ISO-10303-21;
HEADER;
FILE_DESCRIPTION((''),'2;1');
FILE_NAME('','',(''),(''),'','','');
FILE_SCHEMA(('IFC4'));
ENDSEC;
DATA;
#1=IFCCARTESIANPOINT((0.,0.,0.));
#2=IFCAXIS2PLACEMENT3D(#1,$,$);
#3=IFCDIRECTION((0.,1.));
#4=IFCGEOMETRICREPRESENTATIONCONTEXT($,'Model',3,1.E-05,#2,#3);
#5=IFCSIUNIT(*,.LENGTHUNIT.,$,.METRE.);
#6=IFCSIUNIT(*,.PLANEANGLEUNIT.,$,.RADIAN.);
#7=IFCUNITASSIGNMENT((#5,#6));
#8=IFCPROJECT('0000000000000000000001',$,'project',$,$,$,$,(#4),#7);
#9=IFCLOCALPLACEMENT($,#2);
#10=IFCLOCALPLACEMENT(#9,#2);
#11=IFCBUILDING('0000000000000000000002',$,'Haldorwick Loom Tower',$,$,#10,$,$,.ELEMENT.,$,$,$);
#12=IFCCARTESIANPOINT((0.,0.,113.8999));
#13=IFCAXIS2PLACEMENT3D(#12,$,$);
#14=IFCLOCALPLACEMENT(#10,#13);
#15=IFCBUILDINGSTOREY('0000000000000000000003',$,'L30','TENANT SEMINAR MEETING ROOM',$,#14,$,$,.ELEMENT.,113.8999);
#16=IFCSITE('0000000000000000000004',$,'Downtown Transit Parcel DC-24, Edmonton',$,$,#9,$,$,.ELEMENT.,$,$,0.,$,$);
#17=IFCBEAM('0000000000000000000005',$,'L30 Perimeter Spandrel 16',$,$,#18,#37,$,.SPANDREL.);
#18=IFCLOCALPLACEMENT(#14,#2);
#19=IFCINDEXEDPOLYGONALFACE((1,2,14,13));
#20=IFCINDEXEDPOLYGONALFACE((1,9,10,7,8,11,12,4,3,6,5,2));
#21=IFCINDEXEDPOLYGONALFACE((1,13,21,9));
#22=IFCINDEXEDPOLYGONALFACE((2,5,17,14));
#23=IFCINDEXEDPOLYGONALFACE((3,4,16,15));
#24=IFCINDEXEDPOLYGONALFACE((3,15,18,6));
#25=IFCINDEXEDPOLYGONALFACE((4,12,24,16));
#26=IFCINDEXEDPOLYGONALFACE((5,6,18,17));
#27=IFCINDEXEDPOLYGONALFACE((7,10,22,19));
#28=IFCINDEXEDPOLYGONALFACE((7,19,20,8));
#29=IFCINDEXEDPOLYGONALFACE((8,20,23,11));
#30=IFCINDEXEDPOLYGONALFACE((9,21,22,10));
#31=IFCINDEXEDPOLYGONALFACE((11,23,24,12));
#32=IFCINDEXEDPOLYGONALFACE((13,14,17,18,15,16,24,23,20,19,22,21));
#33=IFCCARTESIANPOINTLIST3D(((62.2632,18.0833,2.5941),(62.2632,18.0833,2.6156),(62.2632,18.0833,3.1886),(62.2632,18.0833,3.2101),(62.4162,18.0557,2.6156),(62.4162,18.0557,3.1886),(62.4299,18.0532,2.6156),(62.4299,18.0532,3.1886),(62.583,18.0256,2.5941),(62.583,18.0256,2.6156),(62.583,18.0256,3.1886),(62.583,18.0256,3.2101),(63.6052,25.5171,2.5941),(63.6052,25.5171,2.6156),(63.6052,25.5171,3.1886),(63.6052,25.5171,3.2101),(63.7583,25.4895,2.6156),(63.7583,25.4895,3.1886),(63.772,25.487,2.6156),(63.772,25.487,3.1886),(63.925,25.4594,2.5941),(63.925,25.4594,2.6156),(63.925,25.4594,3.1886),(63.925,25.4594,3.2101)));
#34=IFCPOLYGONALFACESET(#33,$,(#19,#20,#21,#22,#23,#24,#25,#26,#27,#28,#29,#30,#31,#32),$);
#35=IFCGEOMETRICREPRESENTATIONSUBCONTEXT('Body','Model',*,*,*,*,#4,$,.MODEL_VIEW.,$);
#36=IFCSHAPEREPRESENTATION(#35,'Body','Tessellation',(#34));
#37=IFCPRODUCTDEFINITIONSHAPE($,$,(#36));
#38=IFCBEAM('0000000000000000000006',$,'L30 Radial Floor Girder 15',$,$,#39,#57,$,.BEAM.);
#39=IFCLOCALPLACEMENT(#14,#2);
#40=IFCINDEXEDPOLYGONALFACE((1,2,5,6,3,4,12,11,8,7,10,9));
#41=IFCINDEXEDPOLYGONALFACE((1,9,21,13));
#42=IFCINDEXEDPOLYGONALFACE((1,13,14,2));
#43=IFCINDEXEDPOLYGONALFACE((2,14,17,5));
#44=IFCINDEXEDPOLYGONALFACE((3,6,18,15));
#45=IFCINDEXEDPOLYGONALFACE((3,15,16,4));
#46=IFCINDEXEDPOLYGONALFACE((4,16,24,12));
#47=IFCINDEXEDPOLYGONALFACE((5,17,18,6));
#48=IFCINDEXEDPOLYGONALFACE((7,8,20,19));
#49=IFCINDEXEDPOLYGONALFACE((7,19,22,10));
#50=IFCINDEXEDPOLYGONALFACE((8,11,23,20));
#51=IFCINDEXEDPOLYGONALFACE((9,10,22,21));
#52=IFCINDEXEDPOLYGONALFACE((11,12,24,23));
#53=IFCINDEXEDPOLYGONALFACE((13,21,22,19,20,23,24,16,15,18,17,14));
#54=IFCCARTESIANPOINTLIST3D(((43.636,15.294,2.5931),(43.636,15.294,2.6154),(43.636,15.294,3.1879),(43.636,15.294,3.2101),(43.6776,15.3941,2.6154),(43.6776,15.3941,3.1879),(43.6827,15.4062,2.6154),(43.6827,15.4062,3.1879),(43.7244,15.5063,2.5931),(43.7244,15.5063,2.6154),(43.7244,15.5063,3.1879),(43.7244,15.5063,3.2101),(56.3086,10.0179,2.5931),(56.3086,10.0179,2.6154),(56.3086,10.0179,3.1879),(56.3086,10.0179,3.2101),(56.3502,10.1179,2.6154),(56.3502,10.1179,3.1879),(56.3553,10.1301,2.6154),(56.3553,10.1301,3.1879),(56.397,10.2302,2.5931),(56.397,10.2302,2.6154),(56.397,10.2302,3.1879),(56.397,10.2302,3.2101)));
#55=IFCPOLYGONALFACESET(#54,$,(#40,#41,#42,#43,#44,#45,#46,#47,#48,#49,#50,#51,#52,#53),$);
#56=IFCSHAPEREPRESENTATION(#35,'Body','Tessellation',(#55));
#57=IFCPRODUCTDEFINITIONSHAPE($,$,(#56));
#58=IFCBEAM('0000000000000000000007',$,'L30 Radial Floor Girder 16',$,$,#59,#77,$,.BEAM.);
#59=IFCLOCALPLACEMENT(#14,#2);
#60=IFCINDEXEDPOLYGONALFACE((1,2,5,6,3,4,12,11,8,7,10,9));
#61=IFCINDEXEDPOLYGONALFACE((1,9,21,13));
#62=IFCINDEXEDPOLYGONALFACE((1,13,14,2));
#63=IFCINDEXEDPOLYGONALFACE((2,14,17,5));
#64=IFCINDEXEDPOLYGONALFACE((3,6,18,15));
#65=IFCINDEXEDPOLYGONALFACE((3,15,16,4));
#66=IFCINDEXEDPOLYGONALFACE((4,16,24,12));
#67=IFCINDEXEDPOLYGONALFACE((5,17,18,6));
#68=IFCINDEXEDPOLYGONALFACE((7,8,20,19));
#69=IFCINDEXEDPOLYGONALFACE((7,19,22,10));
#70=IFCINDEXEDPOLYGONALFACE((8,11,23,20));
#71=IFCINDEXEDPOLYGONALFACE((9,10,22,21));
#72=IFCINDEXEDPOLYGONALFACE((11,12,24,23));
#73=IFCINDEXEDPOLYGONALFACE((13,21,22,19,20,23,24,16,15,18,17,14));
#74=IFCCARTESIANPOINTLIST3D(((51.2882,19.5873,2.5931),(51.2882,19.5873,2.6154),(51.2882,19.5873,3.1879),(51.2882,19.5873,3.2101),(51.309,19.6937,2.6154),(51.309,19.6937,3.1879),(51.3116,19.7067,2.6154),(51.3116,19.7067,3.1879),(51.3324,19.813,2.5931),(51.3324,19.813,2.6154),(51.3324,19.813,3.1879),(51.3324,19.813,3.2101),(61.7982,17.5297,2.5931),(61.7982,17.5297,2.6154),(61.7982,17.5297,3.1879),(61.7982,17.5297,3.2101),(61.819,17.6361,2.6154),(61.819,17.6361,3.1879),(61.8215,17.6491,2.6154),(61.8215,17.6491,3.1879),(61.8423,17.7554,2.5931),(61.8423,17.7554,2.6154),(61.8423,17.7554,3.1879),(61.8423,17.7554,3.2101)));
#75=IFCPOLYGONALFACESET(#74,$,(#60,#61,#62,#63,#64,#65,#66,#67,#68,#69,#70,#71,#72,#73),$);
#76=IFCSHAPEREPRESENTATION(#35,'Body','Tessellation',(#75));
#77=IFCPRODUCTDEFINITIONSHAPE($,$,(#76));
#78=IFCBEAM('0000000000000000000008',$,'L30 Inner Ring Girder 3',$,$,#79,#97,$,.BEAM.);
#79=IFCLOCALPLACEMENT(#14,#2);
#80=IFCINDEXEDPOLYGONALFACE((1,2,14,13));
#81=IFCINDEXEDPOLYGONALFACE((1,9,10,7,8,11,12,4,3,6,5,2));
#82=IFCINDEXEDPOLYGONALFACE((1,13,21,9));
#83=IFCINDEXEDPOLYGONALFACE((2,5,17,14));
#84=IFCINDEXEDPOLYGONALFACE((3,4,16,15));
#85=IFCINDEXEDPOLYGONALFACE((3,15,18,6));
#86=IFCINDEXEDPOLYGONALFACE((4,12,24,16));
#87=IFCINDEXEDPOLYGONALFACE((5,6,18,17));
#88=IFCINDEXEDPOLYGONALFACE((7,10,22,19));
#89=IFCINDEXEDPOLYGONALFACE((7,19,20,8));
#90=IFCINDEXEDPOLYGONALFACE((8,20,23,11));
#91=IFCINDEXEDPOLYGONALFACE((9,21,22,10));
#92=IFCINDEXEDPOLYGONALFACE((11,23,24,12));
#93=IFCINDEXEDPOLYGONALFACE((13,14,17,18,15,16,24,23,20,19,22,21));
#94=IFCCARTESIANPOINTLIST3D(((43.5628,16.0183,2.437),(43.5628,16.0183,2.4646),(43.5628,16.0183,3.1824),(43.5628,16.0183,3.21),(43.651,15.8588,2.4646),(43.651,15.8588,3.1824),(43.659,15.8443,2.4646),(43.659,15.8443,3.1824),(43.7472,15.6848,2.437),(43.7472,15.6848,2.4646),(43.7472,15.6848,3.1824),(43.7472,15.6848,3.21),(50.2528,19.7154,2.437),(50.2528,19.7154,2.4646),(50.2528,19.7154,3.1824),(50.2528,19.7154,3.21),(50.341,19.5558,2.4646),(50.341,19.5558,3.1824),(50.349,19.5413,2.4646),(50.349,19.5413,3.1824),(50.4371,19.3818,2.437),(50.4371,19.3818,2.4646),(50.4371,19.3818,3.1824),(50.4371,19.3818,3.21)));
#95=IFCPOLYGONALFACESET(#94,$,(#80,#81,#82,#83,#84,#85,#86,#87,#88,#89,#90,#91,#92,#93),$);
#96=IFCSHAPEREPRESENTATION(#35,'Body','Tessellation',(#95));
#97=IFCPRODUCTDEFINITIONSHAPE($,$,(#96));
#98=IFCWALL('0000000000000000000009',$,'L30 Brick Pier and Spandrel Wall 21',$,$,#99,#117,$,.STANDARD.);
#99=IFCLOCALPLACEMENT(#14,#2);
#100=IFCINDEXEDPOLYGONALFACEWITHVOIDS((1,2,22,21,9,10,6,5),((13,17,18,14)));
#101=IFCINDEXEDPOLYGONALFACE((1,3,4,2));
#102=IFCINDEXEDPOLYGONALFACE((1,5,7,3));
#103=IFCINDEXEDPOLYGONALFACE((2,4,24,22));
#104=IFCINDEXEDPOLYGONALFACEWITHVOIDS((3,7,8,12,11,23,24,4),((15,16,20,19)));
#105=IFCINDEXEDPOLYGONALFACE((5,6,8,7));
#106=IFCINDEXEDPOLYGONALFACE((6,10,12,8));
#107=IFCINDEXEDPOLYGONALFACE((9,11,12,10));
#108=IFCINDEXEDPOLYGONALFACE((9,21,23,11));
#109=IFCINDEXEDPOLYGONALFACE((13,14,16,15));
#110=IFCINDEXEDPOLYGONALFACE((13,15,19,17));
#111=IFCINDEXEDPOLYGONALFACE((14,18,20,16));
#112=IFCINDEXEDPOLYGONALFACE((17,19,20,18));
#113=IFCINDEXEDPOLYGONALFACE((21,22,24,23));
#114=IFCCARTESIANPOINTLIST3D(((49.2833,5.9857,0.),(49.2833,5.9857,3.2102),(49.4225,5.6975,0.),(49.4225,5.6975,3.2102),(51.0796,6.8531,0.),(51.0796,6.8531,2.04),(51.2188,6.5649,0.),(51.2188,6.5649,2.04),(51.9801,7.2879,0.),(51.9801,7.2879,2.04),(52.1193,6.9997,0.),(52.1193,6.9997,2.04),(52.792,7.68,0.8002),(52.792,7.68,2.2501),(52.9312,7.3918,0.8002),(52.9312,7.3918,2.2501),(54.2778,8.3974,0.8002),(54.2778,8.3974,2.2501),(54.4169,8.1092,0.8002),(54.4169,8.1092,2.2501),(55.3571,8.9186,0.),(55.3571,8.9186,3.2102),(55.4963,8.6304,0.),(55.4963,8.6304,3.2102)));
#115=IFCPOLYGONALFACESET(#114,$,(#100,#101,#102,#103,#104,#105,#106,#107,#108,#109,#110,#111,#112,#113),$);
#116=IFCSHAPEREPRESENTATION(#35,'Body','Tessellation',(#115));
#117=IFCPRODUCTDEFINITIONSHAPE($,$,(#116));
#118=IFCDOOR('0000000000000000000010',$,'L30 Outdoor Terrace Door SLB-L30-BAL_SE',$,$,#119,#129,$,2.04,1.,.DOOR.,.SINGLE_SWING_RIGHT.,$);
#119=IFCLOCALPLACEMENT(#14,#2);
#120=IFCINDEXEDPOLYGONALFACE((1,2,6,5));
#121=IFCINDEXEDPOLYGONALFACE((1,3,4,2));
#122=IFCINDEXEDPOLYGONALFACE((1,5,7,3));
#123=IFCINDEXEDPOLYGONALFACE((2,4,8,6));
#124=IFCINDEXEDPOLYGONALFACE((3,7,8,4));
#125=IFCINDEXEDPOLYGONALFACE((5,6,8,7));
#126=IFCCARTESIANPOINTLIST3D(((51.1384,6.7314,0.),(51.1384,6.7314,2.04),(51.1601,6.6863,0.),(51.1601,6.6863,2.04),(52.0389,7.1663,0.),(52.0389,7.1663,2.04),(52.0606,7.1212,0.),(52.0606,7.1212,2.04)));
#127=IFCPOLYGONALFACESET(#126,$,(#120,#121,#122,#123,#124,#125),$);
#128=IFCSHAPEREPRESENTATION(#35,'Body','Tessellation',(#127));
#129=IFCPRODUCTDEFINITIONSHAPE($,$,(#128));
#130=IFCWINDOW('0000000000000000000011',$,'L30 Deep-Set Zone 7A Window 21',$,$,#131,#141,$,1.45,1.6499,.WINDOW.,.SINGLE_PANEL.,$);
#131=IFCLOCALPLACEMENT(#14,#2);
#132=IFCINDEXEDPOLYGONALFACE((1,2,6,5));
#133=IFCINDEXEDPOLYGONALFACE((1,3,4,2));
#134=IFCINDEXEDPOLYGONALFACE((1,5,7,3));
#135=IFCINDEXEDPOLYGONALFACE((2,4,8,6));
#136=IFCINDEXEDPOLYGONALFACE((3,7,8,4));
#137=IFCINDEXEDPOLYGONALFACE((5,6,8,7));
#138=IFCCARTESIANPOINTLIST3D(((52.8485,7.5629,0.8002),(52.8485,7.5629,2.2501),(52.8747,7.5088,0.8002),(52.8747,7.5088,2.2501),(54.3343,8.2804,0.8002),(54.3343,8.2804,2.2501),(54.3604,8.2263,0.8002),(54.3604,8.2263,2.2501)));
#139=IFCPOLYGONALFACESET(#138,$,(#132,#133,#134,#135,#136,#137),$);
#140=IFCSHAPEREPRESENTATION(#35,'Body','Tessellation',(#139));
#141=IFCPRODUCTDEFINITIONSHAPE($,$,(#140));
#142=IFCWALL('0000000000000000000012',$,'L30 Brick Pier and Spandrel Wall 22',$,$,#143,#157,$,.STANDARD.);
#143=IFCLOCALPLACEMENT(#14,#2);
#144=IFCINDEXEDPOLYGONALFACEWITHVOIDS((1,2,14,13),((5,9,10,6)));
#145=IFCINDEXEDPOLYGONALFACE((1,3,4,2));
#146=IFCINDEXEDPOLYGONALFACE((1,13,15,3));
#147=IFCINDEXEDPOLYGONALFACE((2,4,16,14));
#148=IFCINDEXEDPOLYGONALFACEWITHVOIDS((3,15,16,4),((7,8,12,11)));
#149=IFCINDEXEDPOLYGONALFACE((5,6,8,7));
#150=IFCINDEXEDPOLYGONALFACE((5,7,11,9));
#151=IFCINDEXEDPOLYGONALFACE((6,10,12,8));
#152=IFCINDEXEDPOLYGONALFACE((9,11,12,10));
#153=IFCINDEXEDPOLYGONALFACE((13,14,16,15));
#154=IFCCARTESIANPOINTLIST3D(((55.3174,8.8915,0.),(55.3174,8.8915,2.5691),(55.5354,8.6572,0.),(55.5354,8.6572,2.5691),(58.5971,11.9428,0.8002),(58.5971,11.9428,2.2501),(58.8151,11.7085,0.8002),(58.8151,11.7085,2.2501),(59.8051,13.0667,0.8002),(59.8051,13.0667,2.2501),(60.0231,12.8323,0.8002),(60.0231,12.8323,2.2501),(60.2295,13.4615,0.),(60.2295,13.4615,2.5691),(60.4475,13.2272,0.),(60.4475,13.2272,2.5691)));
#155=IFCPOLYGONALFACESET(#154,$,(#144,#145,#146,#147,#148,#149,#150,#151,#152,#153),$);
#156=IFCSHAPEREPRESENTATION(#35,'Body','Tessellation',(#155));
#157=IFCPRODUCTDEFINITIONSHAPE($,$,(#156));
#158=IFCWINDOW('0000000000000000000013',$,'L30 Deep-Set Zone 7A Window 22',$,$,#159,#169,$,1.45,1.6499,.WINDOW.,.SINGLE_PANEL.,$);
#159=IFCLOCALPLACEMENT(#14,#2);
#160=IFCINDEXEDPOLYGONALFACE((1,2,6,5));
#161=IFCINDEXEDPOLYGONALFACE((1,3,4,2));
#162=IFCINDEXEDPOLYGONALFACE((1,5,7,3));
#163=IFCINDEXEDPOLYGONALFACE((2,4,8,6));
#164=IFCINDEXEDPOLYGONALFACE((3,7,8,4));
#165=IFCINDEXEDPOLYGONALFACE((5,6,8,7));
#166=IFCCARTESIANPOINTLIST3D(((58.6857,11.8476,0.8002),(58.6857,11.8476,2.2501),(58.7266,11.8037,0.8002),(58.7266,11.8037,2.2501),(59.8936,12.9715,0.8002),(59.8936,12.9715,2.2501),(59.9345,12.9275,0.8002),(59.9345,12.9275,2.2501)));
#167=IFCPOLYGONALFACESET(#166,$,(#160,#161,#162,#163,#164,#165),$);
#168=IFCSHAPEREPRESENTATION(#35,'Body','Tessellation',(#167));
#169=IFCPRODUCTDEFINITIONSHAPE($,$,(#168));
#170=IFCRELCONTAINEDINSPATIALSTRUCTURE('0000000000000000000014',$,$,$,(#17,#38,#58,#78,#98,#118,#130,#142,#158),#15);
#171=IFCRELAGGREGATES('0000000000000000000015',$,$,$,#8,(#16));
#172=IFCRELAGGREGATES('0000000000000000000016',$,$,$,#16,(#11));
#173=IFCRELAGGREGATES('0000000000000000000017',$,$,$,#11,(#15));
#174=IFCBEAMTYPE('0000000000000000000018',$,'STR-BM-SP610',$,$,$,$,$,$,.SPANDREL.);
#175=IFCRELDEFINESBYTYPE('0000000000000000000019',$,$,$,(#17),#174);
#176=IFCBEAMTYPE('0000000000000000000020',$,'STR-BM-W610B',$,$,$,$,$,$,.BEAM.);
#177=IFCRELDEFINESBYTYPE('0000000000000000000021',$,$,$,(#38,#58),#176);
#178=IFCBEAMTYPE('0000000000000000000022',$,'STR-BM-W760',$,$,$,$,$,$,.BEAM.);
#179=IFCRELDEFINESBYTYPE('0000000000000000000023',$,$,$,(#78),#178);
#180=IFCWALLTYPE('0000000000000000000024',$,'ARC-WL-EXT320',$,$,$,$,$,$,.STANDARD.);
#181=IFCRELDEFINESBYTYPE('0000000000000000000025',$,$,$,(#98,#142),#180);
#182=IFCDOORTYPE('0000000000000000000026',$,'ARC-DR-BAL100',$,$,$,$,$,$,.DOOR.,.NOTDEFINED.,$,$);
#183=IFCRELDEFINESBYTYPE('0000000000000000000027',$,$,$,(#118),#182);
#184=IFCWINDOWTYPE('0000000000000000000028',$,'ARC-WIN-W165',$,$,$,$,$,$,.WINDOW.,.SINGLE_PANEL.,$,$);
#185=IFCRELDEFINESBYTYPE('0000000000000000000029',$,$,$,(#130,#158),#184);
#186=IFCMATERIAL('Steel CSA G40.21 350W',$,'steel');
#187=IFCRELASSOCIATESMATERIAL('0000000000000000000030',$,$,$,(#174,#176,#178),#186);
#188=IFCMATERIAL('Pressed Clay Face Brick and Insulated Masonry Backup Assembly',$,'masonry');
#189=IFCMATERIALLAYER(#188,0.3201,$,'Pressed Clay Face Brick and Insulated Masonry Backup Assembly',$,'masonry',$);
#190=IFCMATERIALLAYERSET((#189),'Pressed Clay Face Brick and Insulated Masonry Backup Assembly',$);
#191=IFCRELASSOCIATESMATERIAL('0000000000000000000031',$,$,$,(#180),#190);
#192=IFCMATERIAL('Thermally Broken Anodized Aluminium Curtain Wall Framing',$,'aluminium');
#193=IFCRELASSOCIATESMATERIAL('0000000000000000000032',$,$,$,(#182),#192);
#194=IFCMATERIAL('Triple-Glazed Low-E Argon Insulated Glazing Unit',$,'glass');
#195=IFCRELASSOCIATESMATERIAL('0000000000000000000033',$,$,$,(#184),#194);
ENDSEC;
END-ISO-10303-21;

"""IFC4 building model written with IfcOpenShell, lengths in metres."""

from ifc_helpers import new_model, si_unit, direction, frame, frame_2d, origin, origin_2d, place, context, subcontext, project, spatial, rectangle, i_section, extrude, material, layer, layer_set, material_profile, profile_set, type_object, element, fill, save


model = new_model("IFC4")

# Units and contexts
model_context = context("Model", 3, precision=1e-05, world=origin(), true_north=direction((0.0, 1.0)))
body_context = subcontext(model_context, "Body", "Model", "MODEL_VIEW")
ifc_project = project(units=[si_unit("LENGTHUNIT", "METRE"), si_unit("PLANEANGLEUNIT", "RADIAN")], contexts=[model_context])

# Site, building, storey
site_placement = place(None, origin())
site = spatial("IfcSite", under=ifc_project, at=site_placement, Name="Downtown Transit Parcel DC-24, Edmonton", CompositionType="ELEMENT", RefElevation=0.0)
building_placement = place(site_placement, origin())
building = spatial("IfcBuilding", under=site, at=building_placement, Name="Haldorwick Loom Tower", CompositionType="ELEMENT")
storey_placement = place(building_placement, frame((0.0, 0.0, 113.8999)))
storey = spatial("IfcBuildingStorey", under=building, at=storey_placement, Name="L30", Description="TENANT SEMINAR MEETING ROOM", CompositionType="ELEMENT", Elevation=113.8999)

# Beams
ifc_material_1 = material(Name="Steel CSA G40.21 350W", Category="steel")
ifc_material_profile_1 = material_profile(ifc_material_1, i_section(OverallWidth=0.325, OverallDepth=0.616, WebThickness=0.0139, FlangeThickness=0.0215, at=origin_2d()), Name="W610X174", Category="steel")
ifc_profile_set_1 = profile_set([ifc_material_profile_1], Name="Steel CSA G40.21 350W")
beam_type_1 = type_object("IfcBeamType", Name="STR-BM-SP610", PredefinedType="SPANDREL", material=ifc_profile_set_1)
beam_1_placement = place(storey_placement, frame((62.4231, 18.0544, 2.9021), z_axis=(0.177659, 0.984092, 0.0), x_axis=(-0.984092, 0.177659, 0.0)))
element("IfcBeam", 1, at=beam_1_placement, inside=storey, type_object=beam_type_1, Name="L30 Perimeter Spandrel 16", PredefinedType="SPANDREL", context=body_context, shape_type="SweptSolid", body=[
    extrude(i_section(OverallWidth=0.325, OverallDepth=0.616, WebThickness=0.0139, FlangeThickness=0.0215, at=origin_2d()), origin(), (0.0, 0.0, 1.0), 7.554),
])
ifc_material_profile_2 = material_profile(ifc_material_1, i_section(OverallWidth=0.23, OverallDepth=0.6169, WebThickness=0.0132, FlangeThickness=0.0222, at=origin_2d()), Name="W610X140", Category="steel")
ifc_profile_set_2 = profile_set([ifc_material_profile_2], Name="Steel CSA G40.21 350W")
beam_type_2 = type_object("IfcBeamType", Name="STR-BM-W610B", PredefinedType="BEAM", material=ifc_profile_set_2)
beam_2_placement = place(storey_placement, frame((43.6802, 15.4001, 2.9016), z_axis=(0.923184, -0.384359, 0.0), x_axis=(0.384359, 0.923184, 0.0)))
element("IfcBeam", 2, at=beam_2_placement, inside=storey, type_object=beam_type_2, Name="L30 Radial Floor Girder 15", PredefinedType="BEAM", context=body_context, shape_type="SweptSolid", body=[
    extrude(i_section(OverallWidth=0.23, OverallDepth=0.6169, WebThickness=0.0132, FlangeThickness=0.0222, at=origin_2d()), origin(), (0.0, 0.0, 1.0), 13.7271),
])
beam_3_placement = place(storey_placement, frame((51.3103, 19.7002, 2.9016), z_axis=(0.98137, -0.192129, 0.0), x_axis=(0.192129, 0.98137, 0.0)))
element("IfcBeam", 3, at=beam_3_placement, inside=storey, type_object=beam_type_2, Name="L30 Radial Floor Girder 16", PredefinedType="BEAM", context=body_context, shape_type="SweptSolid", body=[
    extrude(i_section(OverallWidth=0.23, OverallDepth=0.6169, WebThickness=0.0132, FlangeThickness=0.0222, at=origin_2d()), origin(), (0.0, 0.0, 1.0), 10.7095),
])
ifc_material_profile_3 = material_profile(ifc_material_1, i_section(OverallWidth=0.3811, OverallDepth=0.7729, WebThickness=0.0166, FlangeThickness=0.0276, at=origin_2d()), Name="W760X257", Category="steel")
ifc_profile_set_3 = profile_set([ifc_material_profile_3], Name="Steel CSA G40.21 350W")
beam_type_3 = type_object("IfcBeamType", Name="STR-BM-W760", PredefinedType="BEAM", material=ifc_profile_set_3)
beam_4_placement = place(storey_placement, frame((50.345, 19.5486, 2.8235), z_axis=(-0.875244, -0.483681, 0.0), x_axis=(0.483681, -0.875244, 0.0)))
element("IfcBeam", 4, at=beam_4_placement, inside=storey, type_object=beam_type_3, Name="L30 Inner Ring Girder 3", PredefinedType="BEAM", context=body_context, shape_type="SweptSolid", body=[
    extrude(i_section(OverallWidth=0.3811, OverallDepth=0.7729, WebThickness=0.0166, FlangeThickness=0.0276, at=origin_2d()), origin(), (0.0, 0.0, 1.0), 7.6436),
])

# Wall, openings, door, window
ifc_material_2 = material(Name="Pressed Clay Face Brick and Insulated Masonry Backup Assembly", Category="masonry")
ifc_layer_1 = layer(ifc_material_2, 0.3201, Name="Pressed Clay Face Brick and Insulated Masonry Backup Assembly", Category="masonry")
ifc_layer_set_1 = layer_set([ifc_layer_1], Name="Pressed Clay Face Brick and Insulated Masonry Backup Assembly")
wall_type_1 = type_object("IfcWallType", Name="ARC-WL-EXT320", PredefinedType="STANDARD", material=ifc_layer_set_1)
wall_1_placement = place(storey_placement, frame((49.3528, 5.8416, 0.0), z_axis=(0.0, 0.0, 1.0), x_axis=(0.90051, 0.434835, 0.0)))
wall_1 = element("IfcWall", 5, at=wall_1_placement, inside=storey, type_object=wall_type_1, Name="L30 Brick Pier and Spandrel Wall 21", PredefinedType="STANDARD", context=body_context, shape_type="SweptSolid", body=[
    extrude(rectangle(XDim=6.7449, YDim=0.3201, at=frame_2d((3.3726, 0.0))), origin(), (0.0, 0.0, 1.0), 3.2102),
])
opening_1_placement = place(wall_1_placement, frame((1.9949, 0.0, 0.0)))
opening_1 = element("IfcOpeningElement", 6, at=opening_1_placement, cuts=wall_1, PredefinedType="OPENING", context=body_context, shape_type="SweptSolid", body=[
    extrude(rectangle(XDim=1.0, YDim=2.04, at=frame_2d((0.5, 1.02))), frame((0.0, 0.1699, 0.0), z_axis=(0.0, -1.0, 0.0), x_axis=(1.0, 0.0, 0.0)), (0.0, 0.0, 1.0), 0.3401),
])
opening_2_placement = place(wall_1_placement, frame((3.8965, 0.0, 0.8)))
opening_2 = element("IfcOpeningElement", 7, at=opening_2_placement, cuts=wall_1, PredefinedType="OPENING", context=body_context, shape_type="SweptSolid", body=[
    extrude(rectangle(XDim=1.6499, YDim=1.45, at=frame_2d((0.825, 0.7251))), frame((0.0, 0.1699, 0.0), z_axis=(0.0, -1.0, 0.0), x_axis=(1.0, 0.0, 0.0)), (0.0, 0.0, 1.0), 0.3401),
])
ifc_material_3 = material(Name="Thermally Broken Anodized Aluminium Curtain Wall Framing", Category="aluminium")
door_type_1 = type_object("IfcDoorType", Name="ARC-DR-BAL100", OperationType="NOTDEFINED", PredefinedType="DOOR", material=ifc_material_3)
door_1_placement = place(opening_1_placement, origin())
door_1 = element("IfcDoor", 8, at=door_1_placement, inside=storey, type_object=door_type_1, Name="L30 Outdoor Terrace Door SLB-L30-BAL_SE", OperationType="SINGLE_SWING_RIGHT", OverallHeight=2.04, OverallWidth=1.0, PredefinedType="DOOR", context=body_context, shape_type="SweptSolid", body=[
    extrude(rectangle(XDim=1.0, YDim=2.04, at=frame_2d((0.5, 1.02))), frame((0.0, 0.0249, 0.0), z_axis=(0.0, -1.0, 0.0), x_axis=(1.0, 0.0, 0.0)), (0.0, 0.0, 1.0), 0.05),
])
fill(opening_1, door_1)
ifc_material_4 = material(Name="Triple-Glazed Low-E Argon Insulated Glazing Unit", Category="glass")
window_type = type_object("IfcWindowType", Name="ARC-WIN-W165", PartitioningType="SINGLE_PANEL", PredefinedType="WINDOW", material=ifc_material_4)
window_1_placement = place(opening_2_placement, origin())
window_1 = element("IfcWindow", 9, at=window_1_placement, inside=storey, type_object=window_type, Name="L30 Deep-Set Zone 7A Window 21", OverallHeight=1.45, OverallWidth=1.6499, PartitioningType="SINGLE_PANEL", PredefinedType="WINDOW", context=body_context, shape_type="SweptSolid", body=[
    extrude(rectangle(XDim=1.6499, YDim=1.45, at=frame_2d((0.825, 0.7251))), frame((0.0, 0.03, 0.0), z_axis=(0.0, -1.0, 0.0), x_axis=(1.0, 0.0, 0.0)), (0.0, 0.0, 1.0), 0.0601),
])
fill(opening_2, window_1)

# Wall, opening, window
wall_2_placement = place(storey_placement, frame((55.4265, 8.7744, 0.0), z_axis=(0.0, 0.0, 1.0), x_axis=(0.732137, 0.681157, 0.0)))
wall_2 = element("IfcWall", 10, at=wall_2_placement, inside=storey, type_object=wall_type_1, Name="L30 Brick Pier and Spandrel Wall 22", PredefinedType="STANDARD", context=body_context, shape_type="SweptSolid", body=[
    extrude(rectangle(XDim=6.7092, YDim=0.3201, at=frame_2d((3.3545, 0.0))), origin(), (0.0, 0.0, 1.0), 2.5691),
])
opening_3_placement = place(wall_2_placement, frame((4.4795, 0.0, 0.8)))
opening_3 = element("IfcOpeningElement", 11, at=opening_3_placement, cuts=wall_2, PredefinedType="OPENING", context=body_context, shape_type="SweptSolid", body=[
    extrude(rectangle(XDim=1.6499, YDim=1.45, at=frame_2d((0.825, 0.7251))), frame((0.0, 0.1699, 0.0), z_axis=(0.0, -1.0, 0.0), x_axis=(1.0, 0.0, 0.0)), (0.0, 0.0, 1.0), 0.3401),
])
window_2_placement = place(opening_3_placement, origin())
window_2 = element("IfcWindow", 12, at=window_2_placement, inside=storey, type_object=window_type, Name="L30 Deep-Set Zone 7A Window 22", OverallHeight=1.45, OverallWidth=1.6499, PartitioningType="SINGLE_PANEL", PredefinedType="WINDOW", context=body_context, shape_type="SweptSolid", body=[
    extrude(rectangle(XDim=1.6499, YDim=1.45, at=frame_2d((0.825, 0.7251))), frame((0.0, 0.03, 0.0), z_axis=(0.0, -1.0, 0.0), x_axis=(1.0, 0.0, 0.0)), (0.0, 0.0, 1.0), 0.0601),
])
fill(opening_3, window_2)

save(model, "model.ifc")
